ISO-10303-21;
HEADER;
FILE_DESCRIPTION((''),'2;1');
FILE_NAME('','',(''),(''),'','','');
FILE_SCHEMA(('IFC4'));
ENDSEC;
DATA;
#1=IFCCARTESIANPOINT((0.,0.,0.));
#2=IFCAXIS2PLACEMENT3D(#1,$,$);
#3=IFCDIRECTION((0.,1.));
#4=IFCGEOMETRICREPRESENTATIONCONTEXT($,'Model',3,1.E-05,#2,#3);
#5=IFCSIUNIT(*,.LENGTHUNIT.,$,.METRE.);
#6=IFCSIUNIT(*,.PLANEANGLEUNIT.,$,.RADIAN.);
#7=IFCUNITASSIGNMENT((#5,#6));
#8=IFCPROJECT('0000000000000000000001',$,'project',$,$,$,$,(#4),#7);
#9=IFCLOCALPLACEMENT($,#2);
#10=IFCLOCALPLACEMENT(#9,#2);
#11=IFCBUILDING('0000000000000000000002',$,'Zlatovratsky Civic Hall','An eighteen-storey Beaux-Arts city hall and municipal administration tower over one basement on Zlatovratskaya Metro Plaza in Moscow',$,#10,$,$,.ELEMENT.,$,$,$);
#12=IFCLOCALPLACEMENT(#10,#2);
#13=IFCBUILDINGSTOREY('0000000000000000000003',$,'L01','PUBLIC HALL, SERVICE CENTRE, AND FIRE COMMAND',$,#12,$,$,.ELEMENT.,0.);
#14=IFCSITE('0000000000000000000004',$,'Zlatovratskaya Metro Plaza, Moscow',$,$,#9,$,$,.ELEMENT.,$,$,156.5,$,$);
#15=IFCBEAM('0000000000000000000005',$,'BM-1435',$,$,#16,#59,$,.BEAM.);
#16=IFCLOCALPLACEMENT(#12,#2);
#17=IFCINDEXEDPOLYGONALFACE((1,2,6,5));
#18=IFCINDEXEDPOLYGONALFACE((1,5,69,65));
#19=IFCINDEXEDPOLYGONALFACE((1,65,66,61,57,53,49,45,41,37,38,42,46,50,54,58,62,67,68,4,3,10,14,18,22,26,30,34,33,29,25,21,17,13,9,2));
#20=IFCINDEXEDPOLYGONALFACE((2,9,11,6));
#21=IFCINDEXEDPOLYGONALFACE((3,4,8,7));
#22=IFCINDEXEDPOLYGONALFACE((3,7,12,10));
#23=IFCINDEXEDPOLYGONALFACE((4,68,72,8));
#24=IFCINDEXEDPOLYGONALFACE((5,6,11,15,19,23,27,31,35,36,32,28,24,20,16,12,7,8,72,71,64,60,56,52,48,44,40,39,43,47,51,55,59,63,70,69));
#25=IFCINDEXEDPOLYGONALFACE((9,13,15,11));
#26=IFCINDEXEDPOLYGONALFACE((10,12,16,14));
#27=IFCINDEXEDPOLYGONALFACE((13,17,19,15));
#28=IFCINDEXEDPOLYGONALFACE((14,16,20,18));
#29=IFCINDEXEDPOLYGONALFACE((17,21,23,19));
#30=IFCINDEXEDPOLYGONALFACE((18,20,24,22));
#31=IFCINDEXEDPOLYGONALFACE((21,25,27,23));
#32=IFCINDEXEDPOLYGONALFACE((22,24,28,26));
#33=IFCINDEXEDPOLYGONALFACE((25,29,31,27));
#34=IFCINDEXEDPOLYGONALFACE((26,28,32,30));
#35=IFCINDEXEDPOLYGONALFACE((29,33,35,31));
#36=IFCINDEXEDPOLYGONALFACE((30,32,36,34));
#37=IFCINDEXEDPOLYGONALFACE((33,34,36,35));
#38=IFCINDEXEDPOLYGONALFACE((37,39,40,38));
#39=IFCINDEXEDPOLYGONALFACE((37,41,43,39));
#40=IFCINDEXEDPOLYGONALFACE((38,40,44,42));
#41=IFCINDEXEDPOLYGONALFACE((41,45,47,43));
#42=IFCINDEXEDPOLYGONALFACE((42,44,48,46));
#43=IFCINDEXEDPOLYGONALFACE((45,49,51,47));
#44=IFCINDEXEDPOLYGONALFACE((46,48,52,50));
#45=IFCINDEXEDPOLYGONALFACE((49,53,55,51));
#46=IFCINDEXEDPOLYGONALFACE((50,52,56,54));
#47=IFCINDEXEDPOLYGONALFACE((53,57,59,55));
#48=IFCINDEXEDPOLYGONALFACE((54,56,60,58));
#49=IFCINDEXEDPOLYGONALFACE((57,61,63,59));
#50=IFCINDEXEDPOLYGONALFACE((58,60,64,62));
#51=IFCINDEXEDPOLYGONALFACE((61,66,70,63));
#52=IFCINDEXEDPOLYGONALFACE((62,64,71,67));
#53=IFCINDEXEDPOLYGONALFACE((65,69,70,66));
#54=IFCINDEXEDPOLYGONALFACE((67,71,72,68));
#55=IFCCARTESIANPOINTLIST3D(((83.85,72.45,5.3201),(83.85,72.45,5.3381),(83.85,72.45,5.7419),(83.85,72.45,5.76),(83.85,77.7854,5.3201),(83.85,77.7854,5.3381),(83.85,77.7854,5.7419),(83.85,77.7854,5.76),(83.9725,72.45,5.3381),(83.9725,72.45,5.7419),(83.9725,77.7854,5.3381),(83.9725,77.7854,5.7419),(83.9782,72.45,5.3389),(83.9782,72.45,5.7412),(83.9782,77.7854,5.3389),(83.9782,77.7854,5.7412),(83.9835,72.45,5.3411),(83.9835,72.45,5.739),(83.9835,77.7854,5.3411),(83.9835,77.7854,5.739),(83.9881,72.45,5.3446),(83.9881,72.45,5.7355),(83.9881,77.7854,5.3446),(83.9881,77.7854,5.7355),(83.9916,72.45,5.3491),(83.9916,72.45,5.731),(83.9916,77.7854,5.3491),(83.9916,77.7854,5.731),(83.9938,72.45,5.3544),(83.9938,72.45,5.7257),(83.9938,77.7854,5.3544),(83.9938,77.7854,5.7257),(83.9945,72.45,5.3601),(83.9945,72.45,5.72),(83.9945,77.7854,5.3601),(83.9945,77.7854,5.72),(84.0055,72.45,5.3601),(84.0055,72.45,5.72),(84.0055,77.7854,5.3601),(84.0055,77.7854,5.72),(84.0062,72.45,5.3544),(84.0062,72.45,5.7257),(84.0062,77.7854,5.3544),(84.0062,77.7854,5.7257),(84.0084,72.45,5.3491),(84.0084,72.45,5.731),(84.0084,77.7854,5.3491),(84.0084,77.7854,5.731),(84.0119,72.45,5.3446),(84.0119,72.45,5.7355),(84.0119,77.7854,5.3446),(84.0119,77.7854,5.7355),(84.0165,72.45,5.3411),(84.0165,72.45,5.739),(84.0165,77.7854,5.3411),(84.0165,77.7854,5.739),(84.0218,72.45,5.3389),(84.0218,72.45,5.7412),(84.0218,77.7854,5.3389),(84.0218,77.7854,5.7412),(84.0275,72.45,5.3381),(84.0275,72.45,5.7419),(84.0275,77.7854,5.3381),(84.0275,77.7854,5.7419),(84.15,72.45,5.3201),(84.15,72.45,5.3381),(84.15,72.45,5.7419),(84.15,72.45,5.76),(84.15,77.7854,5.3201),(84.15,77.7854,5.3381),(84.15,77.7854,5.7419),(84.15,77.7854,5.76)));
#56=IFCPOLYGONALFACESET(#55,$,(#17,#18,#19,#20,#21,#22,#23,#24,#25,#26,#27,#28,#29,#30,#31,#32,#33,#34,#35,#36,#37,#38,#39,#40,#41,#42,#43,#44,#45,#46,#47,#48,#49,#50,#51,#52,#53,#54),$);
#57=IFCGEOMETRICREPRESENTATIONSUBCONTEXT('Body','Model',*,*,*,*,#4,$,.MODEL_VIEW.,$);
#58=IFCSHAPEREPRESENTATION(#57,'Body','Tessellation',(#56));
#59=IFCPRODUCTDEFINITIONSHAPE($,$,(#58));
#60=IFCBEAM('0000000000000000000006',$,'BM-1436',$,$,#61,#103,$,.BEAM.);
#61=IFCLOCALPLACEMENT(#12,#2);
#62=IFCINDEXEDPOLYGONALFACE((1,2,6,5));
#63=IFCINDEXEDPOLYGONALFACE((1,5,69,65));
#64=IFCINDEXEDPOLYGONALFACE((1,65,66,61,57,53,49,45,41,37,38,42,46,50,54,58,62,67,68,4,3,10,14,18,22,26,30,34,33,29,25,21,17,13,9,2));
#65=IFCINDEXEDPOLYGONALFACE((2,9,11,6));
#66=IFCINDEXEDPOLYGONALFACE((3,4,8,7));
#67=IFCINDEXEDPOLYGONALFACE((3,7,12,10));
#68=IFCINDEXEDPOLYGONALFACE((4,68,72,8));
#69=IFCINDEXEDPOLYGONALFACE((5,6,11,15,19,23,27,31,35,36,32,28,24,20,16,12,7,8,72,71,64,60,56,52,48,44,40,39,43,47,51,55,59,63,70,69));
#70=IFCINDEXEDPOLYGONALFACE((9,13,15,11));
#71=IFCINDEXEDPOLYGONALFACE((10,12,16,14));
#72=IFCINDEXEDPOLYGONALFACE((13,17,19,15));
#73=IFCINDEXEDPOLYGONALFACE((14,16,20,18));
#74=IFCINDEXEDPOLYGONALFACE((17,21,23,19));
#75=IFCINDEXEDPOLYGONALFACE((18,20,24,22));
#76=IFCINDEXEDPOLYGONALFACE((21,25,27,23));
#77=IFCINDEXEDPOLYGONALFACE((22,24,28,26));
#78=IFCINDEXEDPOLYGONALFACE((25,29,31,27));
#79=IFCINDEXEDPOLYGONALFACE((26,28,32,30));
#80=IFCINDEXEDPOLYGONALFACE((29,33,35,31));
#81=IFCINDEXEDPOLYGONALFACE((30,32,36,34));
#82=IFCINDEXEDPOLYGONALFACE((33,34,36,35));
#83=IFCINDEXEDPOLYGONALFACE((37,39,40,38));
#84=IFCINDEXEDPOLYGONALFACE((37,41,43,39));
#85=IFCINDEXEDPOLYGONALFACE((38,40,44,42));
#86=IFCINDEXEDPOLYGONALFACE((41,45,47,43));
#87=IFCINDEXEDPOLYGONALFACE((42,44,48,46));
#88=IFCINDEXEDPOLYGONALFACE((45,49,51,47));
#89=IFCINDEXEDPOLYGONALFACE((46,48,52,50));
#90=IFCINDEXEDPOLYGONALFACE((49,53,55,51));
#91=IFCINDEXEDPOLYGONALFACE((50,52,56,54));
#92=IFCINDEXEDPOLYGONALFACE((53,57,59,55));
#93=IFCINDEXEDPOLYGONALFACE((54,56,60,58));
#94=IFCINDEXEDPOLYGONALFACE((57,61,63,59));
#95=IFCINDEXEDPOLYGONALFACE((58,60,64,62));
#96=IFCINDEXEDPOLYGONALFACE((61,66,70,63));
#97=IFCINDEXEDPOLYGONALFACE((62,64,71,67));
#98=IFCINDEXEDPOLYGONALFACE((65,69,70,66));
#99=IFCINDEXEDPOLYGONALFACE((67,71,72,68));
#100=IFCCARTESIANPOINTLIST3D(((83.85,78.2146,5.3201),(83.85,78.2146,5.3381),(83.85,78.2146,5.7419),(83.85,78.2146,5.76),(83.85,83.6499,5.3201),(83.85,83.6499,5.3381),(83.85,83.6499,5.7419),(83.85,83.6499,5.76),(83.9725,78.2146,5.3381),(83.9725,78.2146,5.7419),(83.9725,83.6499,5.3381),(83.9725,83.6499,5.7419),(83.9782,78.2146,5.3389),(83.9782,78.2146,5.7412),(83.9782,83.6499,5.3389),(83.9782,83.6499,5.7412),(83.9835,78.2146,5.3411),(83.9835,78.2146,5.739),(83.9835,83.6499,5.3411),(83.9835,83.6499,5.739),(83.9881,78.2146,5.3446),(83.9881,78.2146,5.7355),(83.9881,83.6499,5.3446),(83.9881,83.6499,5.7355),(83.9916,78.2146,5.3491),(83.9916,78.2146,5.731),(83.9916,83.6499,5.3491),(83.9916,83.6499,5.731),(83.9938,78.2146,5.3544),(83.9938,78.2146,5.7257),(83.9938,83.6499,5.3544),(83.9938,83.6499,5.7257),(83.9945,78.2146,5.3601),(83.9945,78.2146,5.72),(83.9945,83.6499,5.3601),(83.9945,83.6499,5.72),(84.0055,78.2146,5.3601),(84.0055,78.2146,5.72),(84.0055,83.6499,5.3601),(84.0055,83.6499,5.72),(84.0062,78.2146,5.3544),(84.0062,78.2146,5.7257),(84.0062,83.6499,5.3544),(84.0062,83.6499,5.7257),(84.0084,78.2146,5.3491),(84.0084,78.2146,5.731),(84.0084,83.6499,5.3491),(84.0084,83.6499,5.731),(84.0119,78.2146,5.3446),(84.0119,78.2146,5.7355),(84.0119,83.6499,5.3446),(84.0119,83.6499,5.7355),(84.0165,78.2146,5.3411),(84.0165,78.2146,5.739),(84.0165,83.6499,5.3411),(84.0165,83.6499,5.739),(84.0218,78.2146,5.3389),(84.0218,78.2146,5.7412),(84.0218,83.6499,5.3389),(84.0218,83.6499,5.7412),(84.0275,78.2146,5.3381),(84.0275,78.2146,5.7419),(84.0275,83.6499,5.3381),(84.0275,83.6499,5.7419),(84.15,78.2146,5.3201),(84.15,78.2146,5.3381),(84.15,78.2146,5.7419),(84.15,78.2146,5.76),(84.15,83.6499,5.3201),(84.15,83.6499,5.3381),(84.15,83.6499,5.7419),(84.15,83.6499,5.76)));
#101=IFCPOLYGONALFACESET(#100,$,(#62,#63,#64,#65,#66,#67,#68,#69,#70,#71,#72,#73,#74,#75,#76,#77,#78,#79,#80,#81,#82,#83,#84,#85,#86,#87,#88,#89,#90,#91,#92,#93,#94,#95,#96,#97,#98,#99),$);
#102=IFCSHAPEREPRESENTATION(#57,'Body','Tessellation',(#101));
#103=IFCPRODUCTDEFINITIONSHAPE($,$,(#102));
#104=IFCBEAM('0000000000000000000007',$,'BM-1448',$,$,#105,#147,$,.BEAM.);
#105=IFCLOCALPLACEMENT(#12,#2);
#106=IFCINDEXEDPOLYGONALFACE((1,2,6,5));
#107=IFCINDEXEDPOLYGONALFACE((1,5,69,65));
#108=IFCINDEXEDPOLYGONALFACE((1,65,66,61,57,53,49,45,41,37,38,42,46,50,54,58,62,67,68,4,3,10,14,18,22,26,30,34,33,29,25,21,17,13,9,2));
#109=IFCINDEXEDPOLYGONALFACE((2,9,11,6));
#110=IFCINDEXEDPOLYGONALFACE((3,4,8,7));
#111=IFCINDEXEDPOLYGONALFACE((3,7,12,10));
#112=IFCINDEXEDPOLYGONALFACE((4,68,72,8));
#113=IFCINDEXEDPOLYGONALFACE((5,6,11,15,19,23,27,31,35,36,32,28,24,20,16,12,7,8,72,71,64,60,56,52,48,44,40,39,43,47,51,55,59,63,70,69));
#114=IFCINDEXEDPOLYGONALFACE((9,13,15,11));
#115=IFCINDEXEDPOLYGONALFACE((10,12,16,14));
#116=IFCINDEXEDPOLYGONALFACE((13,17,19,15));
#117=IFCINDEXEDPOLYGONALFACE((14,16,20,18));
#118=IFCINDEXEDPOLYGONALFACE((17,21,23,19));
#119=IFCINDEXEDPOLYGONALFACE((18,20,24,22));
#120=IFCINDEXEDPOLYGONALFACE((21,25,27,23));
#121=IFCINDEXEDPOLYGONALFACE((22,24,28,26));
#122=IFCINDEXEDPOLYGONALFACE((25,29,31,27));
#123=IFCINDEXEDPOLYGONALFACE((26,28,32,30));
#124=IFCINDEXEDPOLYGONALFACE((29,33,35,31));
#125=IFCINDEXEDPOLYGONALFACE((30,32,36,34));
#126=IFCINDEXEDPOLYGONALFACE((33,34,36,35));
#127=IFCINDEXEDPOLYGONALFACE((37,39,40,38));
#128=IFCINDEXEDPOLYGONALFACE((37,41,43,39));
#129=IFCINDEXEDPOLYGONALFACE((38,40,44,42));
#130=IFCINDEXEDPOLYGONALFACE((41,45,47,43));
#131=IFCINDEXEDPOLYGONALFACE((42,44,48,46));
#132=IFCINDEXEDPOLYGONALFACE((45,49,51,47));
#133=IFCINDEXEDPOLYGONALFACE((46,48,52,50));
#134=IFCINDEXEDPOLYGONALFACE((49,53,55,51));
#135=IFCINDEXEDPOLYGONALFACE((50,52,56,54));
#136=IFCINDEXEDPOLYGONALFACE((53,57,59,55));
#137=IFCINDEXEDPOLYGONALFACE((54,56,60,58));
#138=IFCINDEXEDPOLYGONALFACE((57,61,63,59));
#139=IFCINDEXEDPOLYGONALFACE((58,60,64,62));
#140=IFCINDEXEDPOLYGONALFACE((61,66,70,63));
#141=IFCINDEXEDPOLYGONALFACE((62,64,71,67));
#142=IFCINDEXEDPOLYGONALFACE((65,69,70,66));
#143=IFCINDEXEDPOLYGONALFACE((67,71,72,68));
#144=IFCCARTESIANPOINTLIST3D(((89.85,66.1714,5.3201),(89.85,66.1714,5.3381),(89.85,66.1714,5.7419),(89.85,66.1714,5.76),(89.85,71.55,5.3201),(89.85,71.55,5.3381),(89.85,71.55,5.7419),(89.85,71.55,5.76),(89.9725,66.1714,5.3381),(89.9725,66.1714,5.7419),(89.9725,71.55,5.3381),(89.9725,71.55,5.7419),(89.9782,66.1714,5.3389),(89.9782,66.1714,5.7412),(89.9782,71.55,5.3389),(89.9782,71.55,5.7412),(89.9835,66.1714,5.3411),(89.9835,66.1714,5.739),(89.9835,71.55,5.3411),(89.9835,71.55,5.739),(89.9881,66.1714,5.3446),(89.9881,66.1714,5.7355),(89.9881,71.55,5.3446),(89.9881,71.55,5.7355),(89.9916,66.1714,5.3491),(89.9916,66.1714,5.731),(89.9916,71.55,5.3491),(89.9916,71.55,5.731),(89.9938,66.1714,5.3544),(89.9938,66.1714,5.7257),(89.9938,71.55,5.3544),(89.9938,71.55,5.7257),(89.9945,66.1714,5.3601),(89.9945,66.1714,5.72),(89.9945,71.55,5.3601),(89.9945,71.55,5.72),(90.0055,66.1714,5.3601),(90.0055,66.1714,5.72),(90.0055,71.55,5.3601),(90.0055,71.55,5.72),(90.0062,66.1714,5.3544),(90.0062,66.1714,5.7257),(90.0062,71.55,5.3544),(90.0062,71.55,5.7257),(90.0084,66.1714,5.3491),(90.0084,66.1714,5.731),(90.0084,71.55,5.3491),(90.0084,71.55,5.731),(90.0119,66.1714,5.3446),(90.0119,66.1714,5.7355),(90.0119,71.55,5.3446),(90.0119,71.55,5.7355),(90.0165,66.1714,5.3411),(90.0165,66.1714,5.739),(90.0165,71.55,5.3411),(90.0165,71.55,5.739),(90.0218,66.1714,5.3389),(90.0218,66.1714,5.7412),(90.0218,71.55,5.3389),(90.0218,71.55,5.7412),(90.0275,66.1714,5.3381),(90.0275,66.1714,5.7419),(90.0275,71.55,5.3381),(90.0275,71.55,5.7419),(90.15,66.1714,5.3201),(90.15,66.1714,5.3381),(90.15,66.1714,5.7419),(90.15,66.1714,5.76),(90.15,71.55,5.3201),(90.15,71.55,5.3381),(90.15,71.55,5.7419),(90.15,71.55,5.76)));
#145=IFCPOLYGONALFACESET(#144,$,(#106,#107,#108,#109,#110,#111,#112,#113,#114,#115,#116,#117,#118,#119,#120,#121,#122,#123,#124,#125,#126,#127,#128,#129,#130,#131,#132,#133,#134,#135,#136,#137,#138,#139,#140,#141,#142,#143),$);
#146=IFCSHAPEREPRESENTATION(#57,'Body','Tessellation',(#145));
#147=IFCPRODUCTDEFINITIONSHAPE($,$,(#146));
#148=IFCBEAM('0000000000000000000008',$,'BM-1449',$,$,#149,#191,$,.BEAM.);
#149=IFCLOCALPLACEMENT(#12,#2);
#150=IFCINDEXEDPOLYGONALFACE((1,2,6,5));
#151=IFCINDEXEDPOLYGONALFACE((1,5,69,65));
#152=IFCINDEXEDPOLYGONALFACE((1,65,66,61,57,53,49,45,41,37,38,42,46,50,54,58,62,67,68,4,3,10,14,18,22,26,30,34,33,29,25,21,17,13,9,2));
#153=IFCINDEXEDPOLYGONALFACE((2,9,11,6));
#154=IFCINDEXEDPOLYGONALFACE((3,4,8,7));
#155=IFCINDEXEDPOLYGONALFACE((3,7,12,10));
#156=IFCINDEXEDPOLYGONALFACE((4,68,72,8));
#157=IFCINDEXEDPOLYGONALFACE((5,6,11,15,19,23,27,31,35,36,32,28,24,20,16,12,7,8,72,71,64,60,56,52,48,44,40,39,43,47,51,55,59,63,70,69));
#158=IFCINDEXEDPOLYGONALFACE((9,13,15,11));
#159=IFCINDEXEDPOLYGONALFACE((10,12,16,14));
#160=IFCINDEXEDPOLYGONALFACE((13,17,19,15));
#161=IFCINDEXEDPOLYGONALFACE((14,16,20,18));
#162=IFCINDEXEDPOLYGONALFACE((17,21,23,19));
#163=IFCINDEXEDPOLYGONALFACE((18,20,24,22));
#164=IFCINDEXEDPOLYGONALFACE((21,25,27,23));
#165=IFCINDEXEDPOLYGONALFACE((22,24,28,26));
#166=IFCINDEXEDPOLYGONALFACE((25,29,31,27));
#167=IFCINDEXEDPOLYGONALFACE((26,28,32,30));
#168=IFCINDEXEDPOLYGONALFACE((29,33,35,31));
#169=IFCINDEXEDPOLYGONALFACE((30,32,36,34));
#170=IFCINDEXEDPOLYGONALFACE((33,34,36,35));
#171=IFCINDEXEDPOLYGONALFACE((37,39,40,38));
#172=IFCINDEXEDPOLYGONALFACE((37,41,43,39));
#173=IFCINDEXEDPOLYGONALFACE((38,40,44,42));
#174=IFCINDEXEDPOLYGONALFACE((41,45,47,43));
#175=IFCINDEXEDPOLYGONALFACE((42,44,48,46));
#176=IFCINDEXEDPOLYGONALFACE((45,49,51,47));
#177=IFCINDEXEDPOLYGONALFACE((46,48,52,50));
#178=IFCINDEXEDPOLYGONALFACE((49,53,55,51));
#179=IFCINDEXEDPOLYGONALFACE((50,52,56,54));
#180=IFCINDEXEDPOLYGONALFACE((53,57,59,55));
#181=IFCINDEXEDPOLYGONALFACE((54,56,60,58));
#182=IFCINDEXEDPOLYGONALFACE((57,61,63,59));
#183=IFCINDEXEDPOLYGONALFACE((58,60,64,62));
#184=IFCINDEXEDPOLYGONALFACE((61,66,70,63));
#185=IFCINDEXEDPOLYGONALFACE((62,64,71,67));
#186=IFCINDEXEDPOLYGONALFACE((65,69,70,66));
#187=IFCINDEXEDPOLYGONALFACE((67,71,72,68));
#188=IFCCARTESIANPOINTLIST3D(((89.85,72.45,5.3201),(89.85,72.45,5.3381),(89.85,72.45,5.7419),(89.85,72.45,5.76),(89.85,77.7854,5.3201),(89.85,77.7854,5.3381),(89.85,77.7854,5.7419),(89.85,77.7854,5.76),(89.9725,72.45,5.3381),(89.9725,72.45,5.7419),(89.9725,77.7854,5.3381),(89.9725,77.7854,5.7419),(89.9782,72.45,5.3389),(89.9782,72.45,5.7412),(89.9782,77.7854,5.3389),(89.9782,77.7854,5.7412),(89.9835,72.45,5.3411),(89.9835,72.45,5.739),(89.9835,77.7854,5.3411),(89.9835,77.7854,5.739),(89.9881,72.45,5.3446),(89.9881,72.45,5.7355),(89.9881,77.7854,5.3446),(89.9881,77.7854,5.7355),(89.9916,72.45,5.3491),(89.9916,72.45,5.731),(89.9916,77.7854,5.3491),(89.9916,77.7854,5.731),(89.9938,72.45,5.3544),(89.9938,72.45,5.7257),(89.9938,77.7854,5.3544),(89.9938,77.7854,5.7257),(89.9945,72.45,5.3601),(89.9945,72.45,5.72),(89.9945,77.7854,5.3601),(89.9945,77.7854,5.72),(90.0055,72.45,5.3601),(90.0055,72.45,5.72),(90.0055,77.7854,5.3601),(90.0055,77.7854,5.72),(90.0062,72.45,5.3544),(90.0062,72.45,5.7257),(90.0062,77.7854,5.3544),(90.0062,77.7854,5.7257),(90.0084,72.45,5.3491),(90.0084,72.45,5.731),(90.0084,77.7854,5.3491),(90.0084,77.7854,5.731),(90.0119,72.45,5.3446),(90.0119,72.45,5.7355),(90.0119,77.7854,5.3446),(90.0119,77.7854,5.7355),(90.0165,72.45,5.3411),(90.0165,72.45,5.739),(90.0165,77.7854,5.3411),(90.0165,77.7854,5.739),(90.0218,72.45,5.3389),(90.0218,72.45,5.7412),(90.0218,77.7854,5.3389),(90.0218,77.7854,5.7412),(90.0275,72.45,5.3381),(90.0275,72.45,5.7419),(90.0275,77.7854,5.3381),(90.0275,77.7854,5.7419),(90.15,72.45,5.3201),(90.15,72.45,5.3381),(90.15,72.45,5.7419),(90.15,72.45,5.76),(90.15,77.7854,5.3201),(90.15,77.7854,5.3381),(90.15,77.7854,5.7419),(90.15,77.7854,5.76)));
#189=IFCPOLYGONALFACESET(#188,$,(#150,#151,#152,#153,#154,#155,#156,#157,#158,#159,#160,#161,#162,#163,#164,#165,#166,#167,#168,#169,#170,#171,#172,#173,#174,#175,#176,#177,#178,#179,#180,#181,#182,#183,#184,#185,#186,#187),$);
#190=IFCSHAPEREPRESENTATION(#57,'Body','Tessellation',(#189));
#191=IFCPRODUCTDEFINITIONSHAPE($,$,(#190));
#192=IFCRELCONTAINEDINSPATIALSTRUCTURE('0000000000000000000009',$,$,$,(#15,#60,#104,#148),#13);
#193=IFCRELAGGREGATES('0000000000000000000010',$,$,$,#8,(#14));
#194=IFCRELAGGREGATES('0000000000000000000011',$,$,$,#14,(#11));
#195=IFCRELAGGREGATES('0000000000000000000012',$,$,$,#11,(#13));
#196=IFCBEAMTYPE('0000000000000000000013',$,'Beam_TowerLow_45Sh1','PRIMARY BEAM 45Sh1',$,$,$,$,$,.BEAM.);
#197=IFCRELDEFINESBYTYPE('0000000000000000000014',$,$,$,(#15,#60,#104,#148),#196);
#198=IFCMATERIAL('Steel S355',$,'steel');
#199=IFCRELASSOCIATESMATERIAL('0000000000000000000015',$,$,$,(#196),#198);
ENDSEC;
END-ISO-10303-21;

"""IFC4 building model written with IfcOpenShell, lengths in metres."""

from ifc_helpers import new_model, si_unit, direction, frame, origin, origin_2d, place, context, subcontext, project, spatial, i_section, extrude, material, material_profile, profile_set, type_object, element, save


model = new_model("IFC4")

# Units and contexts
model_context = context("Model", 3, precision=1e-05, world=origin(), true_north=direction((0.0, 1.0)))
body_context = subcontext(model_context, "Body", "Model", "MODEL_VIEW")
ifc_project = project(units=[si_unit("LENGTHUNIT", "METRE"), si_unit("PLANEANGLEUNIT", "RADIAN")], contexts=[model_context])

# Site, building, storey
site_placement = place(None, origin())
site = spatial("IfcSite", under=ifc_project, at=site_placement, Name="Zlatovratskaya Metro Plaza, Moscow", CompositionType="ELEMENT", RefElevation=156.5)
building_placement = place(site_placement, origin())
building = spatial("IfcBuilding", under=site, at=building_placement, Name="Zlatovratsky Civic Hall", Description="An eighteen-storey Beaux-Arts city hall and municipal administration tower over one basement on Zlatovratskaya Metro Plaza in Moscow", CompositionType="ELEMENT")
storey_placement = place(building_placement, origin())
storey = spatial("IfcBuildingStorey", under=building, at=storey_placement, Name="L01", Description="PUBLIC HALL, SERVICE CENTRE, AND FIRE COMMAND", CompositionType="ELEMENT", Elevation=0.0)

# Shared definitions
ifc_material_1 = material(Name="Steel S355", Category="steel")

# Beams
ifc_material_profile_1 = material_profile(ifc_material_1, i_section(OverallWidth=0.3, OverallDepth=0.4399, WebThickness=0.011, FlangeThickness=0.0181, FilletRadius=0.022, at=origin_2d()), Name="45Sh1")
ifc_profile_set_1 = profile_set([ifc_material_profile_1], Name="Steel S355")
beam_type = type_object("IfcBeamType", Name="Beam_TowerLow_45Sh1", Description="PRIMARY BEAM 45Sh1", PredefinedType="BEAM", material=ifc_profile_set_1)
beam_1_placement = place(storey_placement, frame((84.0, 72.45, 5.54), z_axis=(0.0, 1.0, 0.0), x_axis=(-1.0, 0.0, 0.0)))
element("IfcBeam", 1, at=beam_1_placement, inside=storey, type_object=beam_type, Name="BM-1435", PredefinedType="BEAM", context=body_context, shape_type="SweptSolid", body=[
    extrude(i_section(OverallWidth=0.3, OverallDepth=0.4399, WebThickness=0.011, FlangeThickness=0.0181, FilletRadius=0.022, at=origin_2d()), origin(), (0.0, 0.0, 1.0), 5.3354),
])
beam_2_placement = place(storey_placement, frame((84.0, 78.2146, 5.54), z_axis=(0.0, 1.0, 0.0), x_axis=(-1.0, 0.0, 0.0)))
element("IfcBeam", 2, at=beam_2_placement, inside=storey, type_object=beam_type, Name="BM-1436", PredefinedType="BEAM", context=body_context, shape_type="SweptSolid", body=[
    extrude(i_section(OverallWidth=0.3, OverallDepth=0.4399, WebThickness=0.011, FlangeThickness=0.0181, FilletRadius=0.022, at=origin_2d()), origin(), (0.0, 0.0, 1.0), 5.4353),
])
beam_3_placement = place(storey_placement, frame((90.0, 66.1714, 5.54), z_axis=(0.0, 1.0, 0.0), x_axis=(-1.0, 0.0, 0.0)))
element("IfcBeam", 3, at=beam_3_placement, inside=storey, type_object=beam_type, Name="BM-1448", PredefinedType="BEAM", context=body_context, shape_type="SweptSolid", body=[
    extrude(i_section(OverallWidth=0.3, OverallDepth=0.4399, WebThickness=0.011, FlangeThickness=0.0181, FilletRadius=0.022, at=origin_2d()), origin(), (0.0, 0.0, 1.0), 5.3787),
])
beam_4_placement = place(storey_placement, frame((90.0, 72.45, 5.54), z_axis=(0.0, 1.0, 0.0), x_axis=(-1.0, 0.0, 0.0)))
element("IfcBeam", 4, at=beam_4_placement, inside=storey, type_object=beam_type, Name="BM-1449", PredefinedType="BEAM", context=body_context, shape_type="SweptSolid", body=[
    extrude(i_section(OverallWidth=0.3, OverallDepth=0.4399, WebThickness=0.011, FlangeThickness=0.0181, FilletRadius=0.022, at=origin_2d()), origin(), (0.0, 0.0, 1.0), 5.3354),
])

save(model, "model.ifc")
